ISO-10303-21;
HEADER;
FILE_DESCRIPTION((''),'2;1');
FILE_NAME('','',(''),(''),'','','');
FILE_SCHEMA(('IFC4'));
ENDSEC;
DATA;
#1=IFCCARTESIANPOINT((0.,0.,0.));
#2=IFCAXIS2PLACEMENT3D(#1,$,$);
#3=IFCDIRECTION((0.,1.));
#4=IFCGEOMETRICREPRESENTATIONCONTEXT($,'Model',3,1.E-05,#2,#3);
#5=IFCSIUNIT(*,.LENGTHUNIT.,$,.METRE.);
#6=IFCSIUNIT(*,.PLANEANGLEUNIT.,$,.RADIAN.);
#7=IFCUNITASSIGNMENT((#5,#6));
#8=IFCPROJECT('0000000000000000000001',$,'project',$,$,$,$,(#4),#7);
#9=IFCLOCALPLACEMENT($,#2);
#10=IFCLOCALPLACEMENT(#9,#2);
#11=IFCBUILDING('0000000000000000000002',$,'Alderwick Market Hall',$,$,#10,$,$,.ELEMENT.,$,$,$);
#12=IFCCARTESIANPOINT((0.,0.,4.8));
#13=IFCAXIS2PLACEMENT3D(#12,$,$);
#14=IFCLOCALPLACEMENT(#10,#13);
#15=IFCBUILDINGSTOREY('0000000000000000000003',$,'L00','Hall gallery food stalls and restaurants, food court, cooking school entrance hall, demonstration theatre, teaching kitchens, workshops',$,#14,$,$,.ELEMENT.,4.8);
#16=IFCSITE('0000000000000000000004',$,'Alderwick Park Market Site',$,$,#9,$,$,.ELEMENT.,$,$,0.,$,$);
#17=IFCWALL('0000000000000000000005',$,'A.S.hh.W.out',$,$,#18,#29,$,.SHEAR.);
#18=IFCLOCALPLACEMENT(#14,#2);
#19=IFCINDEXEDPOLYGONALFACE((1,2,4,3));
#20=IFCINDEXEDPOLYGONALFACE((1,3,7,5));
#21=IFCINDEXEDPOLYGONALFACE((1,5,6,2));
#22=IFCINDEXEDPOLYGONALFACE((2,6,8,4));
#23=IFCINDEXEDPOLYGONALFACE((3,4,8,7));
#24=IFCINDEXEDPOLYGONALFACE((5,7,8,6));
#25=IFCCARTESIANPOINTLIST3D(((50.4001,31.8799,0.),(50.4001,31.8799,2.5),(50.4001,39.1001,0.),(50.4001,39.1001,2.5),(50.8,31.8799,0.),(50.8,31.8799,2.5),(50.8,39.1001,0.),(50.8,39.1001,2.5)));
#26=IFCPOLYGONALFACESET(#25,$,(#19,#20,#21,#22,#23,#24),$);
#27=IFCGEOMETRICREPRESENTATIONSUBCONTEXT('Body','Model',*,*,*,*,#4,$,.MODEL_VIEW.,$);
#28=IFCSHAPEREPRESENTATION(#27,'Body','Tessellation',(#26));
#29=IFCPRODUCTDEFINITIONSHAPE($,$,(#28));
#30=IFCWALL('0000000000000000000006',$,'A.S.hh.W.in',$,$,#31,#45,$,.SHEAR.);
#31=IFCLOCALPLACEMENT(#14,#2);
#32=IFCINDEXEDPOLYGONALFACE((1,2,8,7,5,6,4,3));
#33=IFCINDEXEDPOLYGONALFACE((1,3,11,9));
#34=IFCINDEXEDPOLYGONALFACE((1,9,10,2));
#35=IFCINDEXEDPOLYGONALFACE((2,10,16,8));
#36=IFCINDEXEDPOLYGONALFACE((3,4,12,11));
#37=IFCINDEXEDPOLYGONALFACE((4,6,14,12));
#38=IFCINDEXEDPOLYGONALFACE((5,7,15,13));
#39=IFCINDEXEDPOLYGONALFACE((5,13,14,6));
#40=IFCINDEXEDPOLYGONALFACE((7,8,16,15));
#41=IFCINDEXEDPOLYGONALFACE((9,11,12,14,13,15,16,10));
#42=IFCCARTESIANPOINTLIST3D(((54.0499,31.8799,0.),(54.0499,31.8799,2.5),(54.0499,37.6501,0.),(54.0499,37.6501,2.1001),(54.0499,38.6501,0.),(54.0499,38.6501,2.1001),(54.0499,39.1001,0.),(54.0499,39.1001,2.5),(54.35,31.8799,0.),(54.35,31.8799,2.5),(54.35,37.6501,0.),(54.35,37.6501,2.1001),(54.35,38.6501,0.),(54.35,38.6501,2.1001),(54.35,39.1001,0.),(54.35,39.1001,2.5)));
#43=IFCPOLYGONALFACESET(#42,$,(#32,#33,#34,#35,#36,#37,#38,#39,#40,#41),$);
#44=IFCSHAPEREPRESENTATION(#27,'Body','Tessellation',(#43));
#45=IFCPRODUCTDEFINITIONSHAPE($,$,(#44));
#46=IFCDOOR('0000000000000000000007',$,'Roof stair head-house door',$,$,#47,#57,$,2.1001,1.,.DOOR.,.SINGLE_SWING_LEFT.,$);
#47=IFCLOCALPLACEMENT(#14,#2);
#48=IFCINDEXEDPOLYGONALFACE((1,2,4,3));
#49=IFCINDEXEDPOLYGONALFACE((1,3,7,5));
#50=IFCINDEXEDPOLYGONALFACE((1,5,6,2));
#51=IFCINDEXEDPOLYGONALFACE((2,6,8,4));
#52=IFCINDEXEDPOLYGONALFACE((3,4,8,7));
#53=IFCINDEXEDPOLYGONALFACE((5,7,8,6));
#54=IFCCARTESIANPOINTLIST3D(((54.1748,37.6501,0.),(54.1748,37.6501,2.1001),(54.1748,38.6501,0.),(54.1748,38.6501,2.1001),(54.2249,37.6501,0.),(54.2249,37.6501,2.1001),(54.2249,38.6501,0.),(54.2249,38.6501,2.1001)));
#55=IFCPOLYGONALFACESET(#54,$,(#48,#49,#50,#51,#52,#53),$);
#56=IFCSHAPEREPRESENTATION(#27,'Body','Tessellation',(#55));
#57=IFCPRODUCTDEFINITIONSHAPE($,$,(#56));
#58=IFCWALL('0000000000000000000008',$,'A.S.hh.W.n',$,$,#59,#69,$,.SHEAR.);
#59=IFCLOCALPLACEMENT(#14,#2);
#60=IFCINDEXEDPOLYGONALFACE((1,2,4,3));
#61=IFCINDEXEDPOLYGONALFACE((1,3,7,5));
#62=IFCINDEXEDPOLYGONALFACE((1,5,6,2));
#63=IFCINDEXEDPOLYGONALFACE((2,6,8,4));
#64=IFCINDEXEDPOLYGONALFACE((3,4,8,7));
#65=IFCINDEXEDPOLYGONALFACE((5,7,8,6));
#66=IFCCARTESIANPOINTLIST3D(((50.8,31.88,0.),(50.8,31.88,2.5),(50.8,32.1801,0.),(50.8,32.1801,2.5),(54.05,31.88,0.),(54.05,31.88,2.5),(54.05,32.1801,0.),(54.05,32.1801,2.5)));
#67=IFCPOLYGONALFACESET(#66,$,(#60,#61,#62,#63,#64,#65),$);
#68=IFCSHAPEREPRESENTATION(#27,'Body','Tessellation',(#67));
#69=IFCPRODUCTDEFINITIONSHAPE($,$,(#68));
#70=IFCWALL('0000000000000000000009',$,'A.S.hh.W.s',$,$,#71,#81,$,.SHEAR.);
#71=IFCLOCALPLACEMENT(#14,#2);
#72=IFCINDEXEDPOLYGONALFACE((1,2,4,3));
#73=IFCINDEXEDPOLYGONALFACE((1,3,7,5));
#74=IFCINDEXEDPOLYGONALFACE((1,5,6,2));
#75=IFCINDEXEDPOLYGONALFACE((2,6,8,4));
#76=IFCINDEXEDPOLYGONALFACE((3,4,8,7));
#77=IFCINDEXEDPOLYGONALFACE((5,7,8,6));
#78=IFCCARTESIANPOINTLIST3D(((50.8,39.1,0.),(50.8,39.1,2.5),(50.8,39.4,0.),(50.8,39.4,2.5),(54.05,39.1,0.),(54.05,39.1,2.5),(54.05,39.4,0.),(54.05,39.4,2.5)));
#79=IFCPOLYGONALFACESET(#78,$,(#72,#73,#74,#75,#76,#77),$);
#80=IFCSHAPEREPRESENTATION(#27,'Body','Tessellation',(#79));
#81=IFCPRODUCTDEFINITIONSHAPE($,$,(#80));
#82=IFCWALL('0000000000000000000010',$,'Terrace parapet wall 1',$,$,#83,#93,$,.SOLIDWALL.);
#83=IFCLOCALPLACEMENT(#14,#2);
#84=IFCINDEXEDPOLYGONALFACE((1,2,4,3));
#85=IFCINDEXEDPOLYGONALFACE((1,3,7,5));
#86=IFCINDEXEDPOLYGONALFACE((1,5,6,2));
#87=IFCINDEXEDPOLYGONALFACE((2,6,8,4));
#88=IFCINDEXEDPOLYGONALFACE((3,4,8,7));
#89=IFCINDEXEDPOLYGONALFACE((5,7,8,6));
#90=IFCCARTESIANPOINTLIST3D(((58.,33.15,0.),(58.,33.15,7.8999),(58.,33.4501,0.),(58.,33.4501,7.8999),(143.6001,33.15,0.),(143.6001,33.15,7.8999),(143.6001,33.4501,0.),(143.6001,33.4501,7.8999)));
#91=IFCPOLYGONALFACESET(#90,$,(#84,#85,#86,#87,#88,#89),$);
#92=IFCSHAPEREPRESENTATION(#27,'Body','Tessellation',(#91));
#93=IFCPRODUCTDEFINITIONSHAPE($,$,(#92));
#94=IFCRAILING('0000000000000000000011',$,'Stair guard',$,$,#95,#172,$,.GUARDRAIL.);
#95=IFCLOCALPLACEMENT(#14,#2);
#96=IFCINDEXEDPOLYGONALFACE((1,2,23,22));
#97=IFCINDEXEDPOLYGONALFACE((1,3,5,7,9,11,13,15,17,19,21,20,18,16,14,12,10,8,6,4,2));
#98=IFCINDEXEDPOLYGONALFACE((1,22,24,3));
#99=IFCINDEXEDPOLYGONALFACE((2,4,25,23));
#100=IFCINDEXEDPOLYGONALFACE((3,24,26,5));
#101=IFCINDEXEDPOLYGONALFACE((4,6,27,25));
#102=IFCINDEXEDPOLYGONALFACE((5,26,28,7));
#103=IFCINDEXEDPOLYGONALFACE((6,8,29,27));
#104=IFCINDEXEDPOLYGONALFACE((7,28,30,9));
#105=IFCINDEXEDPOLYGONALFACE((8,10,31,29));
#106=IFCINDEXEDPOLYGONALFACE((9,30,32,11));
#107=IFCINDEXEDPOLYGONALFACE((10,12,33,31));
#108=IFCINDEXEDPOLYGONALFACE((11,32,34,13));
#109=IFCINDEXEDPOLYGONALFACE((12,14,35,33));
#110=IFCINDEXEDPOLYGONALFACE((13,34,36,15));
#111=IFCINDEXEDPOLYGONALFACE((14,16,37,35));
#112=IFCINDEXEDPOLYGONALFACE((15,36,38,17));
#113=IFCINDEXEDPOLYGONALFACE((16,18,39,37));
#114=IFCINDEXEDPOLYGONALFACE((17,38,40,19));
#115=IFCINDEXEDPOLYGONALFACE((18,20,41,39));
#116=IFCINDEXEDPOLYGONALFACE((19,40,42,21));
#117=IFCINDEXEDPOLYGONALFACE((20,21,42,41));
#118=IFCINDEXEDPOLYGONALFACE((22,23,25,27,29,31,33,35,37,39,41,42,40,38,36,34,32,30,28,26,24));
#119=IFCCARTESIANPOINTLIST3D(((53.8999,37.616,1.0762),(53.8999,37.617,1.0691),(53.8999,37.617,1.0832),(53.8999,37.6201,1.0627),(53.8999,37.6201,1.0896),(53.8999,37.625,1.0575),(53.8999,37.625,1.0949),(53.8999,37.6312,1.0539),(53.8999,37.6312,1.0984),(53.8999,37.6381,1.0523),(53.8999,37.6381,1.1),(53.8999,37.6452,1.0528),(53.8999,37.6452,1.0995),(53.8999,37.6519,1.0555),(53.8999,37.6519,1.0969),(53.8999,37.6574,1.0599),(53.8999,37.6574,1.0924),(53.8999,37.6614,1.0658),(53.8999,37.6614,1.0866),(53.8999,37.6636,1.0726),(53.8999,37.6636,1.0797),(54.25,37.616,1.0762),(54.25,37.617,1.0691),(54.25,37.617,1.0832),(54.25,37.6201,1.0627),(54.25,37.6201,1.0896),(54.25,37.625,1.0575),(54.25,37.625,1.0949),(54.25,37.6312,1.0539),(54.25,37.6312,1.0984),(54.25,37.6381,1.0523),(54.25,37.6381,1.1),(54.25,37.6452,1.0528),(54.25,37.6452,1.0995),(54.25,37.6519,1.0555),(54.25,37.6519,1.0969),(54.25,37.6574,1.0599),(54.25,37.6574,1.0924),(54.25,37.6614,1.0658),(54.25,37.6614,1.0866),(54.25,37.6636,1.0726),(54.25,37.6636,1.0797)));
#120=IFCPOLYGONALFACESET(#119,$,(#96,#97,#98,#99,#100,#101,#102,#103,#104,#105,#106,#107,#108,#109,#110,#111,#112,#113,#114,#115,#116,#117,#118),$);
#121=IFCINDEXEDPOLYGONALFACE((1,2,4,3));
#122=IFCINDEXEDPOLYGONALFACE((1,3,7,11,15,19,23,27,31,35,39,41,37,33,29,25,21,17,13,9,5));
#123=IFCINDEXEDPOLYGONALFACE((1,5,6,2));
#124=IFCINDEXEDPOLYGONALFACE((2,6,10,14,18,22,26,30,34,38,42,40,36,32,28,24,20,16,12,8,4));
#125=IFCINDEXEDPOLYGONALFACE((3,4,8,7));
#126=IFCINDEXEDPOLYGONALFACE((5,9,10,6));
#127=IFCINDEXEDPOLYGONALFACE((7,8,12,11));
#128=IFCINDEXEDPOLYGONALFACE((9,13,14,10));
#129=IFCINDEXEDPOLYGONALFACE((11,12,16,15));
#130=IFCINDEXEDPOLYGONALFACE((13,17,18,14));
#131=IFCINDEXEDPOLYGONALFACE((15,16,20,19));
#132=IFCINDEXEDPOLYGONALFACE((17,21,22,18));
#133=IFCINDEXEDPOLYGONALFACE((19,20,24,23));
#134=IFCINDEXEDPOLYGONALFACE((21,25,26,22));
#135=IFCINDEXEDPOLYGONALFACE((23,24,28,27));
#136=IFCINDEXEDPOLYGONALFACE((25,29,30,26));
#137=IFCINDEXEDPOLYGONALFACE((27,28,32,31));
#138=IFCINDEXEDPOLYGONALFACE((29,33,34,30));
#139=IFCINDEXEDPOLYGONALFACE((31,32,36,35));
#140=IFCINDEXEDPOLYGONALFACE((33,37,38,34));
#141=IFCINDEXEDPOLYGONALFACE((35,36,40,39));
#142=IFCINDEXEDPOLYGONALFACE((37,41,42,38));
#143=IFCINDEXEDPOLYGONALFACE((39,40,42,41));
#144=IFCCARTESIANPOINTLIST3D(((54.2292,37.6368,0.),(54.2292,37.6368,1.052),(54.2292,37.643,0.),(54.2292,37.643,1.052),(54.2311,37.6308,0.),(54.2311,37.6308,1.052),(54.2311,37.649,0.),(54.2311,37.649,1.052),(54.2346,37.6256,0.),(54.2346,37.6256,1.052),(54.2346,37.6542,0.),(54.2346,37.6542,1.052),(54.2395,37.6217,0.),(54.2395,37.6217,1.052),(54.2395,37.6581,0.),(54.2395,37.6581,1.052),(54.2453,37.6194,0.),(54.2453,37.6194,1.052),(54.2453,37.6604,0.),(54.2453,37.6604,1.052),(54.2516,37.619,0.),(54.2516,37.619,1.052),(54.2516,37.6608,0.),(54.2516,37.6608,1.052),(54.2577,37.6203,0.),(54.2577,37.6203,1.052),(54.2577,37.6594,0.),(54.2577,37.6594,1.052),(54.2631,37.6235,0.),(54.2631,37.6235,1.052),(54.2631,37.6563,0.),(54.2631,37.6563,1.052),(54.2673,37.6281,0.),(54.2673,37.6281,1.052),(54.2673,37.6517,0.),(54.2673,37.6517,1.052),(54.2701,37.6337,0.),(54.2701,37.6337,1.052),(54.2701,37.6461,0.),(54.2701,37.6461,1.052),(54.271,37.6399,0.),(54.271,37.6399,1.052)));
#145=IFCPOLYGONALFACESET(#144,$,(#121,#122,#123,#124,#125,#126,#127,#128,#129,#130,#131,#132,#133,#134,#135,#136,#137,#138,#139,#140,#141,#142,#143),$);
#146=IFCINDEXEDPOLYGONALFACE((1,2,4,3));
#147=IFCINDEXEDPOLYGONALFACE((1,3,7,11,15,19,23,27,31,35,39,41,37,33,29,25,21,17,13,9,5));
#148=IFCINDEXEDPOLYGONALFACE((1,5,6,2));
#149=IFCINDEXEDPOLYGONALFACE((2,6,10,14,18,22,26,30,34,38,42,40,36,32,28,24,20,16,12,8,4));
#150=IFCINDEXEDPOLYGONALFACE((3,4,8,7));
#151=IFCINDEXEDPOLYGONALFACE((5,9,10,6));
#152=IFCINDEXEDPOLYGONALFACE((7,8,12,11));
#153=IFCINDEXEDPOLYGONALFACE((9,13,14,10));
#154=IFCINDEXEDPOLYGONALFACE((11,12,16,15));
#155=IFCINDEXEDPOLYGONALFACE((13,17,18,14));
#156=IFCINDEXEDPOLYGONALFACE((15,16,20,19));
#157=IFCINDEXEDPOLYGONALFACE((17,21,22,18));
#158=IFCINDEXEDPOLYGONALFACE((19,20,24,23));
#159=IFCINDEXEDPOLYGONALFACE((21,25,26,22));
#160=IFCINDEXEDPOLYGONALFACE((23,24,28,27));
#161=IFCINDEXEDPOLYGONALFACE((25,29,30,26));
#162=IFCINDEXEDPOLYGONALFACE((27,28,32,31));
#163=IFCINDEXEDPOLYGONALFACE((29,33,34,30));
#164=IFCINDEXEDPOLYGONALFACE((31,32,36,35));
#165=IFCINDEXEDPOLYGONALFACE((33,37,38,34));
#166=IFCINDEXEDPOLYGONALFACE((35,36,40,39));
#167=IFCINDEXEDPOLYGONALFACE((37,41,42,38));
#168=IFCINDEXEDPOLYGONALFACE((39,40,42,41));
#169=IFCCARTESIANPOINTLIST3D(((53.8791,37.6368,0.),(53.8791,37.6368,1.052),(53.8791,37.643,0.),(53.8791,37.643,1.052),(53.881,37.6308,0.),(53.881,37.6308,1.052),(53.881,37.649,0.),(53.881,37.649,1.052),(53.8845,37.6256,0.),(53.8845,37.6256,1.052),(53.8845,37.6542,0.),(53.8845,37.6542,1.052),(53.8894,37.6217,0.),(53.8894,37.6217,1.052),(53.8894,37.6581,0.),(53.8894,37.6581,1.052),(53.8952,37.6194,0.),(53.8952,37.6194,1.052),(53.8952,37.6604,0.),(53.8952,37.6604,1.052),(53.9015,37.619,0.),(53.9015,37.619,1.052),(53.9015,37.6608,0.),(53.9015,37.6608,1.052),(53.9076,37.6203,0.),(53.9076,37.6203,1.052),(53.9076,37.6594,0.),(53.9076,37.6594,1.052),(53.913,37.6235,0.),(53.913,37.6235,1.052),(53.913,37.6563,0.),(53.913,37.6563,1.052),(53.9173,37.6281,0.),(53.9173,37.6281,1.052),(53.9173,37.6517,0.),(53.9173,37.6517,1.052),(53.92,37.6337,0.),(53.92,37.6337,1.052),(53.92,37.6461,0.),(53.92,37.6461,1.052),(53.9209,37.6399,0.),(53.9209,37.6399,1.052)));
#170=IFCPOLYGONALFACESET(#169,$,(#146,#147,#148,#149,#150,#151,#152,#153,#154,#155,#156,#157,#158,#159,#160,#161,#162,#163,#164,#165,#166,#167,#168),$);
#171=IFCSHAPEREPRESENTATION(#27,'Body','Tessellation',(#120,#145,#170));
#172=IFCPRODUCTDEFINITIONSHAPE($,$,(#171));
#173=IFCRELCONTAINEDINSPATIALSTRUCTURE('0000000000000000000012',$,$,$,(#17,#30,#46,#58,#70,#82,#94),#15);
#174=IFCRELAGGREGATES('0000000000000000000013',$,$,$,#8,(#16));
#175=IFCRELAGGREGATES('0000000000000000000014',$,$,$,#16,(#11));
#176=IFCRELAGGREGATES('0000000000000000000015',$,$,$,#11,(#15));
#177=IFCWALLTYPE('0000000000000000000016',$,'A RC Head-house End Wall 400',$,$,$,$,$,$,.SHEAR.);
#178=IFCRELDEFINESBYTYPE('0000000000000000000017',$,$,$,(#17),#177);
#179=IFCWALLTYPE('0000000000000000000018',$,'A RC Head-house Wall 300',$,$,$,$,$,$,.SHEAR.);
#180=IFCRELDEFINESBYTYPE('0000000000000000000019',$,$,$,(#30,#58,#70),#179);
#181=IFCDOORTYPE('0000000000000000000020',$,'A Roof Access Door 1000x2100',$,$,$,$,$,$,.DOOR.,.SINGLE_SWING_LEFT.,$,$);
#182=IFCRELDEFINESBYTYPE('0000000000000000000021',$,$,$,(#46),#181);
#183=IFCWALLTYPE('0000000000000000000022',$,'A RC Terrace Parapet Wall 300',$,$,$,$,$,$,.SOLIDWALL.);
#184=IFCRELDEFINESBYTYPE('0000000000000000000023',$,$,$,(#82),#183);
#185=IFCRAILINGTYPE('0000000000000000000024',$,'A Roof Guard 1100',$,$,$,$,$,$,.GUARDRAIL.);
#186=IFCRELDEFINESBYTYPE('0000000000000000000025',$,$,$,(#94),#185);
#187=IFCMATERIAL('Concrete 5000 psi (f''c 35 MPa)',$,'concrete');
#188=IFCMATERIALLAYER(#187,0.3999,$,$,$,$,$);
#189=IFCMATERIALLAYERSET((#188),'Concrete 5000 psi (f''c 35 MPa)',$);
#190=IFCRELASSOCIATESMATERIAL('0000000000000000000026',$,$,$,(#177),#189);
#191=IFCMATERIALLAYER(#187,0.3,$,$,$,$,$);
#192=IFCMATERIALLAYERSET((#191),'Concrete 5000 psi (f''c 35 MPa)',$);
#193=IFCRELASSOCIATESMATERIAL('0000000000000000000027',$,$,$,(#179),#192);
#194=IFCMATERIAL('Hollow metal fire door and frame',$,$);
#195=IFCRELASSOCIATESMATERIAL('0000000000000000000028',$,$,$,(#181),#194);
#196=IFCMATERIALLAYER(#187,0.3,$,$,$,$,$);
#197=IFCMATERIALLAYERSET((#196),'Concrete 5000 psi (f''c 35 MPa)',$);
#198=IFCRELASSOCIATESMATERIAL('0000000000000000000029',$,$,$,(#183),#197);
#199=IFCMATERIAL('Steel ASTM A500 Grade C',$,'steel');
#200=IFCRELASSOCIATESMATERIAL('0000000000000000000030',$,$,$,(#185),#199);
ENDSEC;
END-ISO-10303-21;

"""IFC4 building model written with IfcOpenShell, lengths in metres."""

from ifc_helpers import new_model, si_unit, direction, frame, frame_2d, origin, origin_2d, place, context, subcontext, project, spatial, rectangle, circle, extrude, material, layer, layer_set, type_object, element, fill, save


model = new_model("IFC4")

# Units and contexts
model_context = context("Model", 3, precision=1e-05, world=origin(), true_north=direction((0.0, 1.0)))
body_context = subcontext(model_context, "Body", "Model", "MODEL_VIEW")
ifc_project = project(units=[si_unit("LENGTHUNIT", "METRE"), si_unit("PLANEANGLEUNIT", "RADIAN")], contexts=[model_context])

# Site, building, storey
site_placement = place(None, origin())
site = spatial("IfcSite", under=ifc_project, at=site_placement, Name="Alderwick Park Market Site", CompositionType="ELEMENT", RefElevation=0.0)
building_placement = place(site_placement, origin())
building = spatial("IfcBuilding", under=site, at=building_placement, Name="Alderwick Market Hall", CompositionType="ELEMENT")
storey_placement = place(building_placement, frame((0.0, 0.0, 4.8)))
storey = spatial("IfcBuildingStorey", under=building, at=storey_placement, Name="L00", Description="Hall gallery food stalls and restaurants, food court, cooking school entrance hall, demonstration theatre, teaching kitchens, workshops", CompositionType="ELEMENT", Elevation=4.8)

# Shared definitions
ifc_material_1 = material(Name="Steel ASTM A500 Grade C", Category="steel")

# Shared definitions
ifc_material_2 = material(Name="Concrete 5000 psi (f'c 35 MPa)", Category="concrete")

# Wall
ifc_layer_1 = layer(ifc_material_2, 0.3999)
ifc_layer_set_1 = layer_set([ifc_layer_1], Name="Concrete 5000 psi (f'c 35 MPa)")
wall_type_1 = type_object("IfcWallType", Name="A RC Head-house End Wall 400", PredefinedType="SHEAR", material=ifc_layer_set_1)
wall_1_placement = place(storey_placement, frame((50.6001, 39.1001, 0.0), z_axis=(0.0, 0.0, 1.0), x_axis=(0.0, -1.0, 0.0)))
element("IfcWall", 1, at=wall_1_placement, inside=storey, type_object=wall_type_1, Name="A.S.hh.W.out", PredefinedType="SHEAR", context=body_context, shape_type="SweptSolid", body=[
    extrude(rectangle(XDim=7.2202, YDim=0.3999, at=frame_2d((3.6101, 0.0))), origin(), (0.0, 0.0, 1.0), 2.5),
])

# Wall, opening, door
ifc_layer_2 = layer(ifc_material_2, 0.3)
ifc_layer_set_2 = layer_set([ifc_layer_2], Name="Concrete 5000 psi (f'c 35 MPa)")
wall_type_2 = type_object("IfcWallType", Name="A RC Head-house Wall 300", PredefinedType="SHEAR", material=ifc_layer_set_2)
wall_2_placement = place(storey_placement, frame((54.2, 39.1001, 0.0), z_axis=(0.0, 0.0, 1.0), x_axis=(0.0, -1.0, 0.0)))
wall_2 = element("IfcWall", 2, at=wall_2_placement, inside=storey, type_object=wall_type_2, Name="A.S.hh.W.in", PredefinedType="SHEAR", context=body_context, shape_type="SweptSolid", body=[
    extrude(rectangle(XDim=7.2202, YDim=0.3, at=frame_2d((3.6101, 0.0))), origin(), (0.0, 0.0, 1.0), 2.5),
])
opening_placement = place(wall_2_placement, frame((0.45, 0.0, 0.0)))
opening = element("IfcOpeningElement", 3, at=opening_placement, cuts=wall_2, PredefinedType="OPENING", context=body_context, shape_type="SweptSolid", body=[
    extrude(rectangle(XDim=1.0, YDim=2.1001, at=frame_2d((0.5, 1.05))), frame((0.0, 0.1599, 0.0), z_axis=(0.0, -1.0, 0.0), x_axis=(1.0, 0.0, 0.0)), (0.0, 0.0, 1.0), 0.3201),
])
ifc_material_3 = material(Name="Hollow metal fire door and frame")
door_type = type_object("IfcDoorType", Name="A Roof Access Door 1000x2100", OperationType="SINGLE_SWING_LEFT", PredefinedType="DOOR", material=ifc_material_3)
door_placement = place(opening_placement, origin())
door = element("IfcDoor", 4, at=door_placement, inside=storey, type_object=door_type, Name="Roof stair head-house door", OperationType="SINGLE_SWING_LEFT", OverallHeight=2.1001, OverallWidth=1.0, PredefinedType="DOOR", context=body_context, shape_type="SweptSolid", body=[
    extrude(rectangle(XDim=1.0, YDim=2.1001, at=frame_2d((0.5, 1.05))), frame((0.0, 0.0249, 0.0), z_axis=(0.0, -1.0, 0.0), x_axis=(1.0, 0.0, 0.0)), (0.0, 0.0, 1.0), 0.05),
])
fill(opening, door)

# Walls
for number, where, z_axis, x_axis, name in (
    (5, (50.8, 32.03, 0.0), (0.0, 0.0, 1.0), (1.0, 0.0, 0.0), "A.S.hh.W.n"),
    (6, (50.8, 39.25, 0.0), (0.0, 0.0, 1.0), (1.0, 0.0, 0.0), "A.S.hh.W.s"),
):
    element("IfcWall", number, at=place(storey_placement, frame(where, z_axis=z_axis, x_axis=x_axis)), inside=storey, type_object=wall_type_2, Name=name, PredefinedType="SHEAR", context=body_context, shape_type="SweptSolid", body=[
        extrude(rectangle(XDim=3.25, YDim=0.3, at=frame_2d((1.625, 0.0))), origin(), (0.0, 0.0, 1.0), 2.5),
    ])
ifc_layer_3 = layer(ifc_material_2, 0.3)
ifc_layer_set_3 = layer_set([ifc_layer_3], Name="Concrete 5000 psi (f'c 35 MPa)")
wall_type_3 = type_object("IfcWallType", Name="A RC Terrace Parapet Wall 300", PredefinedType="SOLIDWALL", material=ifc_layer_set_3)
wall_3_placement = place(storey_placement, frame((58.0, 33.3, 0.0), z_axis=(0.0, 0.0, 1.0), x_axis=(1.0, 0.0, 0.0)))
element("IfcWall", 7, at=wall_3_placement, inside=storey, type_object=wall_type_3, Name="Terrace parapet wall 1", PredefinedType="SOLIDWALL", context=body_context, shape_type="SweptSolid", body=[
    extrude(rectangle(XDim=85.6001, YDim=0.3, at=frame_2d((42.8, 0.0))), origin(), (0.0, 0.0, 1.0), 7.8999),
])

# Railing
railing_type = type_object("IfcRailingType", Name="A Roof Guard 1100", PredefinedType="GUARDRAIL", material=ifc_material_1)
railing_1_placement = place(storey_placement, frame((54.25, 37.6399, 0.0)))
element("IfcRailing", 8, at=railing_1_placement, inside=storey, type_object=railing_type, Name="Stair guard", PredefinedType="GUARDRAIL", context=body_context, shape_type="SweptSolid", body=[
    extrude(circle(Radius=0.0239, at=origin_2d()), frame((0.0, 0.0, 1.0762), z_axis=(-1.0, 0.0, 0.0), x_axis=(0.0, -1.0, 0.0)), (0.0, 0.0, 1.0), 0.3501),
    extrude(circle(Radius=0.021, at=origin_2d()), origin(), (0.0, 0.0, 1.0), 1.052),
    extrude(circle(Radius=0.021, at=origin_2d()), frame((-0.3501, 0.0, 0.0)), (0.0, 0.0, 1.0), 1.052),
])

save(model, "model.ifc")
